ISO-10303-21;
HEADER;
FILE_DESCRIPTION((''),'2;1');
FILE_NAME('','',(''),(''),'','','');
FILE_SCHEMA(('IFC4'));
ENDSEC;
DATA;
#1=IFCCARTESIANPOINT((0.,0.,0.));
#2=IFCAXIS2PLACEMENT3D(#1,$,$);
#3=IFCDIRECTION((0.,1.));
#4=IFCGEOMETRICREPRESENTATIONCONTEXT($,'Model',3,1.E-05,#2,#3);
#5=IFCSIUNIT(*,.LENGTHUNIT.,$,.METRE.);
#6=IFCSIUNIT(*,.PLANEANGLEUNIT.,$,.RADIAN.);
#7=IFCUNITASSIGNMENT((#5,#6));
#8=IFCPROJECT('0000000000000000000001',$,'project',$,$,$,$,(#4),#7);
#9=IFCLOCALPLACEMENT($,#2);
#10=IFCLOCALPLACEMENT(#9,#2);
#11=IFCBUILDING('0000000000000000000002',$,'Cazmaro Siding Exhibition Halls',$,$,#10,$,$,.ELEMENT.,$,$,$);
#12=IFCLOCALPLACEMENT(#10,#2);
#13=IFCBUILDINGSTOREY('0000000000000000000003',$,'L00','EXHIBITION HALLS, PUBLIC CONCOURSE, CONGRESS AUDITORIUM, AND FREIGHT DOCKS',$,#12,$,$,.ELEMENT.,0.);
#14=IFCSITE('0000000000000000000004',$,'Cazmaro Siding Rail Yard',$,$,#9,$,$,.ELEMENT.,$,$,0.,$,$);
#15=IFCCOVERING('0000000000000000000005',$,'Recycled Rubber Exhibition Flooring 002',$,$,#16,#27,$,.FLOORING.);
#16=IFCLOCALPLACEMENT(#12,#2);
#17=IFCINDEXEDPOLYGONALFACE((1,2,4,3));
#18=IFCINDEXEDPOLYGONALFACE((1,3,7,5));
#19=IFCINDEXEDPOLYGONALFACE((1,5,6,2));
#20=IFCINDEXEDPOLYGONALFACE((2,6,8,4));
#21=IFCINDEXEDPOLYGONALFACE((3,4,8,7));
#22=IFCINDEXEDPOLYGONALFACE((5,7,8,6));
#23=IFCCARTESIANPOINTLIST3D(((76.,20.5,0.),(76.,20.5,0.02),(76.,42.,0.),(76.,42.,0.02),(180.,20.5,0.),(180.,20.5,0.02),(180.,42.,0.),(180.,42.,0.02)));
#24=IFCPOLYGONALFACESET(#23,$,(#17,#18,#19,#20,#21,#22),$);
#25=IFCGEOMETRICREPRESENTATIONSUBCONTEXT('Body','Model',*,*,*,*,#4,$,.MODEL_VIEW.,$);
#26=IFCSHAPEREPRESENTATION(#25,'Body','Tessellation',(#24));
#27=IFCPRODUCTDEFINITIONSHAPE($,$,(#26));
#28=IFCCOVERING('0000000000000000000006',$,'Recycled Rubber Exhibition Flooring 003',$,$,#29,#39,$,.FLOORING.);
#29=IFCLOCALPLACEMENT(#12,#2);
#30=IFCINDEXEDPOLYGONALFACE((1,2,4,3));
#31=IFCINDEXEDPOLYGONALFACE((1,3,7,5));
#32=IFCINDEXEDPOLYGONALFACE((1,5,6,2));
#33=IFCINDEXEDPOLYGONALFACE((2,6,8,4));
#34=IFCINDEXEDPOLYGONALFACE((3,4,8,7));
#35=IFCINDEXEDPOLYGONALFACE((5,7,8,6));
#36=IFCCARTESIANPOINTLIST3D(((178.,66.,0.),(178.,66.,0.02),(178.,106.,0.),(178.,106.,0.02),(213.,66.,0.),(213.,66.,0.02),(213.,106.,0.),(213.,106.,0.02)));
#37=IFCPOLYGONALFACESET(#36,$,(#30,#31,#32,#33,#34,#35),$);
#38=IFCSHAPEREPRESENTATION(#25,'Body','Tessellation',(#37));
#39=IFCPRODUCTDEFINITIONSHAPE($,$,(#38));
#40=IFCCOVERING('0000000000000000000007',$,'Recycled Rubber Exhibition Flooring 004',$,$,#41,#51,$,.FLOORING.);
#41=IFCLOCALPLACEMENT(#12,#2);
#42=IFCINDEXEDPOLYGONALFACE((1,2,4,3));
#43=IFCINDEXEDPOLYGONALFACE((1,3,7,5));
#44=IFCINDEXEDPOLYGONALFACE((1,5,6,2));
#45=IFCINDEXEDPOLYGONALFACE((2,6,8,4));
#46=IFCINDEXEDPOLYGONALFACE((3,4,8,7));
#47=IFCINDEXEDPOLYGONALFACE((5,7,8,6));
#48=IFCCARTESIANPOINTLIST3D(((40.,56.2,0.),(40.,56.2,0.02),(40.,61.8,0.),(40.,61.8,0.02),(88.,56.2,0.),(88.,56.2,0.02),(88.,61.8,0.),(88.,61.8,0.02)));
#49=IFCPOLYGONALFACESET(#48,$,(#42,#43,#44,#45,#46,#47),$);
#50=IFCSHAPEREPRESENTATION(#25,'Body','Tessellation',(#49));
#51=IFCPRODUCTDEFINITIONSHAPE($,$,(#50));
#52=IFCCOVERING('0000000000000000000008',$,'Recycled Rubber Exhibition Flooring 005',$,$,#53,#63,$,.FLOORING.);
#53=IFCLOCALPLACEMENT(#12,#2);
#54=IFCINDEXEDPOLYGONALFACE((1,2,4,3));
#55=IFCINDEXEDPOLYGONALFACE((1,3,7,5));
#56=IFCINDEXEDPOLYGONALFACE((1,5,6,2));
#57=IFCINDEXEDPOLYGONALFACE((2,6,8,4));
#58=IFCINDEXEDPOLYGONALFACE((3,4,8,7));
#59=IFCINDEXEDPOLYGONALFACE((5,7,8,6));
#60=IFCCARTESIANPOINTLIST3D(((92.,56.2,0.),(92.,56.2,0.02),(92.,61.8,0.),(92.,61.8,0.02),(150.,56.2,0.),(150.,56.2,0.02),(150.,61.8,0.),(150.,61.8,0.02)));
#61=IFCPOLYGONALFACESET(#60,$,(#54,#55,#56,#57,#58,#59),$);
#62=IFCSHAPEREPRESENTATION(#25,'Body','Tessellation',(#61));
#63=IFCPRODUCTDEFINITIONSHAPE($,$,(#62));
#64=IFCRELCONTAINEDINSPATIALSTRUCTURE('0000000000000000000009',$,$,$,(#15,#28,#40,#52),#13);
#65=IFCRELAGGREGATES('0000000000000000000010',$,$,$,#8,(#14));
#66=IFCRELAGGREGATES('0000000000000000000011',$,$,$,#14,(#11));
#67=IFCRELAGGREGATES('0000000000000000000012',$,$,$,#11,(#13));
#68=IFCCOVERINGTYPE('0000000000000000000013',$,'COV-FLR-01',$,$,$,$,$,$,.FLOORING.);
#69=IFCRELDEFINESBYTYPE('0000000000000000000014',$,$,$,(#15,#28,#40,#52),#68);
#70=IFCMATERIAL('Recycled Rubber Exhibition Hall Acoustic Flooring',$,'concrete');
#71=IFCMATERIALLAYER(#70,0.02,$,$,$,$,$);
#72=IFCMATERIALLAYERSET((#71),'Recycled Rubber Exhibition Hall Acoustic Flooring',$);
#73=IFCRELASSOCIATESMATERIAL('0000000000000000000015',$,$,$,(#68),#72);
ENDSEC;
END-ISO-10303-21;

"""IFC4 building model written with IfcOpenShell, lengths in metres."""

from ifc_helpers import new_model, si_unit, direction, origin, place, context, subcontext, project, spatial, polyline, outline, extrude, material, layer, layer_set, type_object, element, save


model = new_model("IFC4")

# Units and contexts
model_context = context("Model", 3, precision=1e-05, world=origin(), true_north=direction((0.0, 1.0)))
body_context = subcontext(model_context, "Body", "Model", "MODEL_VIEW")
ifc_project = project(units=[si_unit("LENGTHUNIT", "METRE"), si_unit("PLANEANGLEUNIT", "RADIAN")], contexts=[model_context])

# Site, building, storey
site_placement = place(None, origin())
site = spatial("IfcSite", under=ifc_project, at=site_placement, Name="Cazmaro Siding Rail Yard", CompositionType="ELEMENT", RefElevation=0.0)
building_placement = place(site_placement, origin())
building = spatial("IfcBuilding", under=site, at=building_placement, Name="Cazmaro Siding Exhibition Halls", CompositionType="ELEMENT")
storey_placement = place(building_placement, origin())
storey = spatial("IfcBuildingStorey", under=building, at=storey_placement, Name="L00", Description="EXHIBITION HALLS, PUBLIC CONCOURSE, CONGRESS AUDITORIUM, AND FREIGHT DOCKS", CompositionType="ELEMENT", Elevation=0.0)

# Coverings
ifc_material_1 = material(Name="Recycled Rubber Exhibition Hall Acoustic Flooring", Category="concrete")
ifc_layer_1 = layer(ifc_material_1, 0.02)
ifc_layer_set_1 = layer_set([ifc_layer_1], Name="Recycled Rubber Exhibition Hall Acoustic Flooring")
covering_type = type_object("IfcCoveringType", Name="COV-FLR-01", PredefinedType="FLOORING", material=ifc_layer_set_1)
covering_1_placement = place(storey_placement, origin())
element("IfcCovering", 1, at=covering_1_placement, inside=storey, type_object=covering_type, Name="Recycled Rubber Exhibition Flooring 002", PredefinedType="FLOORING", context=body_context, shape_type="SweptSolid", body=[
    extrude(outline(polyline([(76.0, 20.5), (180.0, 20.5), (180.0, 42.0), (76.0, 42.0), (76.0, 20.5)])), origin(), (0.0, 0.0, 1.0), 0.02),
])
covering_2_placement = place(storey_placement, origin())
element("IfcCovering", 2, at=covering_2_placement, inside=storey, type_object=covering_type, Name="Recycled Rubber Exhibition Flooring 003", PredefinedType="FLOORING", context=body_context, shape_type="SweptSolid", body=[
    extrude(outline(polyline([(178.0, 66.0), (213.0, 66.0), (213.0, 106.0), (178.0, 106.0), (178.0, 66.0)])), origin(), (0.0, 0.0, 1.0), 0.02),
])
covering_3_placement = place(storey_placement, origin())
element("IfcCovering", 3, at=covering_3_placement, inside=storey, type_object=covering_type, Name="Recycled Rubber Exhibition Flooring 004", PredefinedType="FLOORING", context=body_context, shape_type="SweptSolid", body=[
    extrude(outline(polyline([(40.0, 56.2), (88.0, 56.2), (88.0, 61.8), (40.0, 61.8), (40.0, 56.2)])), origin(), (0.0, 0.0, 1.0), 0.02),
])
covering_4_placement = place(storey_placement, origin())
element("IfcCovering", 4, at=covering_4_placement, inside=storey, type_object=covering_type, Name="Recycled Rubber Exhibition Flooring 005", PredefinedType="FLOORING", context=body_context, shape_type="SweptSolid", body=[
    extrude(outline(polyline([(92.0, 56.2), (150.0, 56.2), (150.0, 61.8), (92.0, 61.8), (92.0, 56.2)])), origin(), (0.0, 0.0, 1.0), 0.02),
])

save(model, "model.ifc")
